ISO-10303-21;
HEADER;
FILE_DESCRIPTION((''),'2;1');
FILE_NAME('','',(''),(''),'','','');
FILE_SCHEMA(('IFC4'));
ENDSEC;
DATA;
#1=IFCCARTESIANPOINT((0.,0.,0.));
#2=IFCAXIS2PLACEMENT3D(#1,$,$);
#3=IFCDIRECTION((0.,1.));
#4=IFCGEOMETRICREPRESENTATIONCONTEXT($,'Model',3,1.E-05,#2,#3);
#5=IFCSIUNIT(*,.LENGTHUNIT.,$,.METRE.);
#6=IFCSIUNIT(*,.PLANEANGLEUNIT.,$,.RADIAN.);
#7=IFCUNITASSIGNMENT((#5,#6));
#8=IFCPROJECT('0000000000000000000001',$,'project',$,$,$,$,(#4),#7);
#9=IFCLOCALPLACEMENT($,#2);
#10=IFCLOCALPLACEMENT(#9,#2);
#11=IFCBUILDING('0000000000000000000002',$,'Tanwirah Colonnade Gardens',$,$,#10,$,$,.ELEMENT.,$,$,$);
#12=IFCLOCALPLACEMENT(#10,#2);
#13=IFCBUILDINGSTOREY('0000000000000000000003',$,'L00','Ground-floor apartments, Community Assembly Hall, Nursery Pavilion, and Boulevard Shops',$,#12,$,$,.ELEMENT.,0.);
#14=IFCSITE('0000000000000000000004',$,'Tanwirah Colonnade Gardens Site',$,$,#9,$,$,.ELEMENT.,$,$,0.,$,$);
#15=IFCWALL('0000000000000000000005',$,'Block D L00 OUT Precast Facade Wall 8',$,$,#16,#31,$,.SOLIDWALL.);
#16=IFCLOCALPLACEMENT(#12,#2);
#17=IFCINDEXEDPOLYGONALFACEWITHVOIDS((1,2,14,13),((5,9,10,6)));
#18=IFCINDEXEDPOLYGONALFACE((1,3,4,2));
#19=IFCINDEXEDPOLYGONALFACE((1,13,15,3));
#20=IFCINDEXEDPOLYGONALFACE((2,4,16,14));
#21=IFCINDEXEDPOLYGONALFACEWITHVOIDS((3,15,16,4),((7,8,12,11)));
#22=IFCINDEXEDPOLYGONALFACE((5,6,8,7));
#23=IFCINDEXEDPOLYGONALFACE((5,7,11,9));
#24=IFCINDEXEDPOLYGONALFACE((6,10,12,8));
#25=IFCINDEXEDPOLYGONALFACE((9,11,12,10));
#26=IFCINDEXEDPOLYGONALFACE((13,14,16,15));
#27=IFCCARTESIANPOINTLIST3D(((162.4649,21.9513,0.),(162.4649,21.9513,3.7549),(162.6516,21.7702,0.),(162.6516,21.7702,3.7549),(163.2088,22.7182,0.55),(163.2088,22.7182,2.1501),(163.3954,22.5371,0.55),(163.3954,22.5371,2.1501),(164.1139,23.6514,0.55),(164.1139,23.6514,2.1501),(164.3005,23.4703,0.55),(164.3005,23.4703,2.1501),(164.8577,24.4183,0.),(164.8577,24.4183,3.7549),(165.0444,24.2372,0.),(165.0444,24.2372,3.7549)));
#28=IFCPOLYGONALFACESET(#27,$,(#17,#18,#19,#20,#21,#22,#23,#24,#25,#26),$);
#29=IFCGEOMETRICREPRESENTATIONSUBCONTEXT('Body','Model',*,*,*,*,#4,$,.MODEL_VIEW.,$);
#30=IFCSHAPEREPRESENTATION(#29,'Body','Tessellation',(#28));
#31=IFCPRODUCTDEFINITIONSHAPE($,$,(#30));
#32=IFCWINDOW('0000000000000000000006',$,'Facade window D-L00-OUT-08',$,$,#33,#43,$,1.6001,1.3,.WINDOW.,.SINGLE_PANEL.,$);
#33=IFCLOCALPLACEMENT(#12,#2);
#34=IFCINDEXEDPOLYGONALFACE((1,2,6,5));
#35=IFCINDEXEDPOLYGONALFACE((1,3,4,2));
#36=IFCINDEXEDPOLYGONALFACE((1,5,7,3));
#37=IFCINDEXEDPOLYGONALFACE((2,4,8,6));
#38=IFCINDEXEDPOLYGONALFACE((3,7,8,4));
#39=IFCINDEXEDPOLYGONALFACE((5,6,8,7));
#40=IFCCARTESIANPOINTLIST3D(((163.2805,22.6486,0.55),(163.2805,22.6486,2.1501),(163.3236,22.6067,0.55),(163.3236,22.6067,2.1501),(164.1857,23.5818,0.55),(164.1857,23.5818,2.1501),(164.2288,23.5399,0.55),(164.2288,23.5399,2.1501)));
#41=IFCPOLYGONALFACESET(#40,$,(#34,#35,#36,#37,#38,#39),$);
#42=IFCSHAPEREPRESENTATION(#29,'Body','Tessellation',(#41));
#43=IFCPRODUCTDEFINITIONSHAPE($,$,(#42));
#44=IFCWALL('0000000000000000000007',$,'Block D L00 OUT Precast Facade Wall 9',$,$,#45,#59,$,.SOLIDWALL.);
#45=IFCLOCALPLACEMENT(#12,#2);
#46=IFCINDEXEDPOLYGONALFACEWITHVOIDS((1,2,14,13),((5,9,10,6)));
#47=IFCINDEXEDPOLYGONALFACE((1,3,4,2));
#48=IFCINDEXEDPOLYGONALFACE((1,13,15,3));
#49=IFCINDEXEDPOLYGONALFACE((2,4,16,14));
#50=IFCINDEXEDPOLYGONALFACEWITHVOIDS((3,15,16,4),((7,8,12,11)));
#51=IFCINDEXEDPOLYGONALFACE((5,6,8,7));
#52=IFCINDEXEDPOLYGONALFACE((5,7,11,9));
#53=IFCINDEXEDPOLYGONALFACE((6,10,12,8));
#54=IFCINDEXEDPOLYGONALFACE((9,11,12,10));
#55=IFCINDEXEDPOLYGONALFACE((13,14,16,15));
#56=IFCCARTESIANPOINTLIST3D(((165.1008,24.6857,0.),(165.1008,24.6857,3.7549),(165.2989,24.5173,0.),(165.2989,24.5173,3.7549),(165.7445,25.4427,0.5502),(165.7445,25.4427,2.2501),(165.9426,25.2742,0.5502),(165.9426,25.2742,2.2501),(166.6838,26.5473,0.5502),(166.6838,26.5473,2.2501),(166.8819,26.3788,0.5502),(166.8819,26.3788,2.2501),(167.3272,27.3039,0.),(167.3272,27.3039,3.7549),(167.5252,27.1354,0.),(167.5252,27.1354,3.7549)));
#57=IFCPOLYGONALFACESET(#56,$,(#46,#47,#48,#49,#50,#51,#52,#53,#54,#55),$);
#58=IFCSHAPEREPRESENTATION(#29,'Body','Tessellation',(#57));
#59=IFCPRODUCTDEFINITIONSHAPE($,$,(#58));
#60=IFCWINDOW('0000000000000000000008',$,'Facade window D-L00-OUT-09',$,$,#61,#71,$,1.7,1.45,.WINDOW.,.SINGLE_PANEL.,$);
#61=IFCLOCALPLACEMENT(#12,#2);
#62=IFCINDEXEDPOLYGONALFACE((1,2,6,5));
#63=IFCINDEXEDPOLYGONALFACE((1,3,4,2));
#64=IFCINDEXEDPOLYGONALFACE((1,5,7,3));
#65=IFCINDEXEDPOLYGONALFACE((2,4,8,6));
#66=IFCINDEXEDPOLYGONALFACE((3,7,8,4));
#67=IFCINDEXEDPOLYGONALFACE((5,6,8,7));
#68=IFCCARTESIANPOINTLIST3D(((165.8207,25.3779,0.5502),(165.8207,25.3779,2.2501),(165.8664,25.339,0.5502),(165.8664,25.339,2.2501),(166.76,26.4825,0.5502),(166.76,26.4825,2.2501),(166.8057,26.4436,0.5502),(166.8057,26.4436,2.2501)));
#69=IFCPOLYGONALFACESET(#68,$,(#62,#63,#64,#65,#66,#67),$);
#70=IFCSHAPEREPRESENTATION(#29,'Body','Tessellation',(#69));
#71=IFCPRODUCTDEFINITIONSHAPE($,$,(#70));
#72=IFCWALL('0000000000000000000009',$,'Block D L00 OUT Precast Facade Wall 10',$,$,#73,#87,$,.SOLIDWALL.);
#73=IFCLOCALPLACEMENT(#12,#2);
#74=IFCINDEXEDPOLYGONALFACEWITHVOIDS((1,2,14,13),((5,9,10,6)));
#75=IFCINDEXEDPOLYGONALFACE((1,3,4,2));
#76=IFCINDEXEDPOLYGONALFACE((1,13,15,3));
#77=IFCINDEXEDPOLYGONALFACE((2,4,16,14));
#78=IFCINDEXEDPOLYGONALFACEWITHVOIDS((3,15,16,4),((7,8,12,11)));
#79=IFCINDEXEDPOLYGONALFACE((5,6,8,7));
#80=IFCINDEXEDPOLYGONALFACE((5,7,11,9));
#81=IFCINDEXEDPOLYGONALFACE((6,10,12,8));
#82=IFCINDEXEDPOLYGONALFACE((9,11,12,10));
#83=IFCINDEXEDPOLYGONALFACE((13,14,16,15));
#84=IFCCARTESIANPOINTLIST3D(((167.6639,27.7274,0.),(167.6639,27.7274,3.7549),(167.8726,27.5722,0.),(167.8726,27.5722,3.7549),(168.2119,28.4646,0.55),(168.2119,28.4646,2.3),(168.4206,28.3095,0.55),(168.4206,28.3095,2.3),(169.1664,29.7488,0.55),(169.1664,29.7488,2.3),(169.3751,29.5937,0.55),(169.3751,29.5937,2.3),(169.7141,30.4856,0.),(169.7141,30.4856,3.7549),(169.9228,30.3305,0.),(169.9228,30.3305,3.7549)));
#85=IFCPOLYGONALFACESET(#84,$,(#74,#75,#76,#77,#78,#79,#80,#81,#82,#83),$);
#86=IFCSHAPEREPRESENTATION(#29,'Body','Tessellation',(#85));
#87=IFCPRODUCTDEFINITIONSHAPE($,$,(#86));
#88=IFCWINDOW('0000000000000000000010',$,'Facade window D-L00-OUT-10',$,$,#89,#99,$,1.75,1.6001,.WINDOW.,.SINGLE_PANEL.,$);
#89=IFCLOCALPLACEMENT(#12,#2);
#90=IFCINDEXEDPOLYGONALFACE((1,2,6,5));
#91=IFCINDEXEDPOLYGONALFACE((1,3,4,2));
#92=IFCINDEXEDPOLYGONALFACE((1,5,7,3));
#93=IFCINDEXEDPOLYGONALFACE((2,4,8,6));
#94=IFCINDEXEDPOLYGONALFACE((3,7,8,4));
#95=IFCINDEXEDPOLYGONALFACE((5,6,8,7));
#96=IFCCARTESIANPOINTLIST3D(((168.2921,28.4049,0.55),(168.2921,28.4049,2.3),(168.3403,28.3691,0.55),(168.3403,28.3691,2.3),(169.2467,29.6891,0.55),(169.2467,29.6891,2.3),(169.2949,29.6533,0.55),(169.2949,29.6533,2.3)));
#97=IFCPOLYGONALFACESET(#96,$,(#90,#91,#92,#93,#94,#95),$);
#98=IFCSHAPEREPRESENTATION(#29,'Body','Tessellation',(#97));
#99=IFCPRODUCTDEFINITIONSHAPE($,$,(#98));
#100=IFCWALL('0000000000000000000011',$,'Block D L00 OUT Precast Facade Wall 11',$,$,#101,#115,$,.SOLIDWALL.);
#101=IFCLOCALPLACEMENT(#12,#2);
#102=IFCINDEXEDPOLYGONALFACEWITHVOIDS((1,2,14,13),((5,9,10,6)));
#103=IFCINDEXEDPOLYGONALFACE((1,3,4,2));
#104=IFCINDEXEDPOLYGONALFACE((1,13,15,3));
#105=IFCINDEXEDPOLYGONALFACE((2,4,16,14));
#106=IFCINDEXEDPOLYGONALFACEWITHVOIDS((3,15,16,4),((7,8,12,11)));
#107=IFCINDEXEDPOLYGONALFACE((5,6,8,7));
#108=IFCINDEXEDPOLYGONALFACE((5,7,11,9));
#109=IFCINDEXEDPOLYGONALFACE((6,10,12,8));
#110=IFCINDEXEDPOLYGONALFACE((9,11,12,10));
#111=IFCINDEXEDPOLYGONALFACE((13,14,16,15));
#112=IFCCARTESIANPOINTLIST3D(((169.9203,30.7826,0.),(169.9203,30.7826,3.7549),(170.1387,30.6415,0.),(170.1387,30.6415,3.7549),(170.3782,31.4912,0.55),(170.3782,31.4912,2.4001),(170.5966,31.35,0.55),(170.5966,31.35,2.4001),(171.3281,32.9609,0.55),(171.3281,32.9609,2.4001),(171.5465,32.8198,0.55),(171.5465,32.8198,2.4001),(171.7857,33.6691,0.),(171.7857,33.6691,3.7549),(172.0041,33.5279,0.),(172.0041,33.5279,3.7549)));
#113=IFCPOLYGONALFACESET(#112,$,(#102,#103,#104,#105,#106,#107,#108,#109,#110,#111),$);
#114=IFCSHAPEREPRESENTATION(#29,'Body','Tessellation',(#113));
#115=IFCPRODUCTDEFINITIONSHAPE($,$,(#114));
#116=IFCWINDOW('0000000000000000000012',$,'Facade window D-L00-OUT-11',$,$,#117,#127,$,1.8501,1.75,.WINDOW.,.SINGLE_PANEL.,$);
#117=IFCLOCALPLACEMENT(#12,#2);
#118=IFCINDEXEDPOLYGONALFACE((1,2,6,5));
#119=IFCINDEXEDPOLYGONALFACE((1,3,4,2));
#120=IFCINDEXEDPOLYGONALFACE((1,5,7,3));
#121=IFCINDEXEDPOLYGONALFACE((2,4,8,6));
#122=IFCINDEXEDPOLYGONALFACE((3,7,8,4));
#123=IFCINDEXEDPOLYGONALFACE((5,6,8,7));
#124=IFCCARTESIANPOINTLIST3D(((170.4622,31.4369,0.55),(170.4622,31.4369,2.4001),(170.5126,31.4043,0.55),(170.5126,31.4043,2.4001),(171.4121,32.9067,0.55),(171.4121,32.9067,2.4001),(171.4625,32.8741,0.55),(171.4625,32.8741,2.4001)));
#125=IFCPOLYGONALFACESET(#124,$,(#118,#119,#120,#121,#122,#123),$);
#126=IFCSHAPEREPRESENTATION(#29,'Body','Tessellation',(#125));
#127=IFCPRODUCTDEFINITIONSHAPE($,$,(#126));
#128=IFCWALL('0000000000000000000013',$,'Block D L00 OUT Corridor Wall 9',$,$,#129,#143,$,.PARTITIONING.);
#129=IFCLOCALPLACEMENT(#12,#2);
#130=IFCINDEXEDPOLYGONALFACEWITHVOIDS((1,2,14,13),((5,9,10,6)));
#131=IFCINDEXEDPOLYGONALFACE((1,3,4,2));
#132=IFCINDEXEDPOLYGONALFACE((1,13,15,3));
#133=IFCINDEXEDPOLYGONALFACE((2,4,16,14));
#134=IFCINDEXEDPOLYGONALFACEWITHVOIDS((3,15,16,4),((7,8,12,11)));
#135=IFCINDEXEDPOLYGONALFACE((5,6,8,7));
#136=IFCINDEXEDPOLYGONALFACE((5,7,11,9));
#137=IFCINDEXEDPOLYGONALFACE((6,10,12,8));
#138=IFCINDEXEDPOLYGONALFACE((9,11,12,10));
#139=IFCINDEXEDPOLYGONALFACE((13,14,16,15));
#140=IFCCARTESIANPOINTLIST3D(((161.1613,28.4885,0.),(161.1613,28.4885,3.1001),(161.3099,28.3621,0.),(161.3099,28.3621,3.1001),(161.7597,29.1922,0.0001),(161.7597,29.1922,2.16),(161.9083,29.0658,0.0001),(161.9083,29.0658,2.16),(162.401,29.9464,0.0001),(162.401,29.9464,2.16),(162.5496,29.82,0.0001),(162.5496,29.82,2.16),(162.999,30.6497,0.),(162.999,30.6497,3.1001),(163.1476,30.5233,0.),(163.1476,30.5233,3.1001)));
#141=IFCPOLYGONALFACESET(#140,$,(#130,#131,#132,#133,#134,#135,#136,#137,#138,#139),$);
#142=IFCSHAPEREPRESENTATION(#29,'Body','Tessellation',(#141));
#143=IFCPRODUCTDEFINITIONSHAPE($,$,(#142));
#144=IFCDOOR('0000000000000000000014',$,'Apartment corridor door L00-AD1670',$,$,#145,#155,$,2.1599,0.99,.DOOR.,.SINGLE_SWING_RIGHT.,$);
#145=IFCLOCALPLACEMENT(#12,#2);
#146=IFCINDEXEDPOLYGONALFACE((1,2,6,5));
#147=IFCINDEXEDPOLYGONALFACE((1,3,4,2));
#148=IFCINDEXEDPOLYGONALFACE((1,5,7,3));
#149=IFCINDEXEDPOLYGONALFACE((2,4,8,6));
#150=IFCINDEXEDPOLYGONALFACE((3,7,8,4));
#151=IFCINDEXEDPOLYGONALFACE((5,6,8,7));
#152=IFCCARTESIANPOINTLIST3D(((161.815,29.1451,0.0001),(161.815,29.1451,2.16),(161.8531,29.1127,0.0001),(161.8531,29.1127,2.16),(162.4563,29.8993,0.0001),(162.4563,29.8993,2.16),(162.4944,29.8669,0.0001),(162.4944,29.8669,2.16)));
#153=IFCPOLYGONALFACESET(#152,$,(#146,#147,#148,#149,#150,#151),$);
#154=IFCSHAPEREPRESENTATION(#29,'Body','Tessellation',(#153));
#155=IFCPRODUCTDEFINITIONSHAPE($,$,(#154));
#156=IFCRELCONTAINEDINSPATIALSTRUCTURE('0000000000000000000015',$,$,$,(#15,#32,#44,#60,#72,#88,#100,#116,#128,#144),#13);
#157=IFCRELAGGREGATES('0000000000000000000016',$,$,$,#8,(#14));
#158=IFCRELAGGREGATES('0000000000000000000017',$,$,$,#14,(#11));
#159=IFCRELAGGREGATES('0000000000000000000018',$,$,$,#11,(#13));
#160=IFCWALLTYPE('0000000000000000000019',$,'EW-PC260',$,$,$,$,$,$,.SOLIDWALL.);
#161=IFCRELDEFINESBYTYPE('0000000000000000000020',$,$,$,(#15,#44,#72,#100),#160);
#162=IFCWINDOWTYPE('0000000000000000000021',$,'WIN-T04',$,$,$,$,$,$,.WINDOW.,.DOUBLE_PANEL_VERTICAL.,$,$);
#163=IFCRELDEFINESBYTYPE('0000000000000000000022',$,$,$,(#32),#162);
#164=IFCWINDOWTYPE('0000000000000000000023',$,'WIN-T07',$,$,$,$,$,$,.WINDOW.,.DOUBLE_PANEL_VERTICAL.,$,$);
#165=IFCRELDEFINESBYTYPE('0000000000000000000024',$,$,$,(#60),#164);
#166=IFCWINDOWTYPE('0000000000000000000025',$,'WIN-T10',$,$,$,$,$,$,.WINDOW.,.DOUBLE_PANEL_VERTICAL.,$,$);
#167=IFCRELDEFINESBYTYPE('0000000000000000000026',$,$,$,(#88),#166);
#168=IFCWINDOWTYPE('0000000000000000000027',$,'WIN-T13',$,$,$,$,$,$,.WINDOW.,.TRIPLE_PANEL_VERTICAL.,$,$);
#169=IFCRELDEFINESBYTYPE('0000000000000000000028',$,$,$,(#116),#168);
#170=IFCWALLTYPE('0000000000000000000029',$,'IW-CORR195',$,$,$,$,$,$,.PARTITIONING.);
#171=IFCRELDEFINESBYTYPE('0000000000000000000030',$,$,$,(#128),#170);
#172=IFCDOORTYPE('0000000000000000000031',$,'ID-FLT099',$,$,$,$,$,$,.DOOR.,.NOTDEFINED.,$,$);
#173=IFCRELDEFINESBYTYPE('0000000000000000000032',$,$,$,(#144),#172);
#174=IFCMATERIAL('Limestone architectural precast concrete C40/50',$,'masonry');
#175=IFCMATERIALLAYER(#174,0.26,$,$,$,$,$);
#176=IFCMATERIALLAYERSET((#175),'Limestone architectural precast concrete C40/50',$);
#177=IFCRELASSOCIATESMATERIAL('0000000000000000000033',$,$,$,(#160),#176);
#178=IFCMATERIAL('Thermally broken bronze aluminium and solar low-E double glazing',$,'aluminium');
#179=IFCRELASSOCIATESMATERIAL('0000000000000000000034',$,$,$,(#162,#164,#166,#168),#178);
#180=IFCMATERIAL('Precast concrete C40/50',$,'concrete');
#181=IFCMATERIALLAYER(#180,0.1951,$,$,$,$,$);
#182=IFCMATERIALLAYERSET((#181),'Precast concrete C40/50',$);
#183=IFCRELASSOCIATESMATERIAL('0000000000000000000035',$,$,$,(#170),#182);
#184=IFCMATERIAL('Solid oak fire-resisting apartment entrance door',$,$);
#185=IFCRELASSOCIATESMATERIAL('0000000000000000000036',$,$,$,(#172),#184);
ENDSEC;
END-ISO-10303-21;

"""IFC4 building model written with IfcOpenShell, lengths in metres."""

from ifc_helpers import new_model, si_unit, direction, frame, frame_2d, origin, place, context, subcontext, project, spatial, rectangle, extrude, material, layer, layer_set, type_object, element, fill, save


model = new_model("IFC4")

# Units and contexts
model_context = context("Model", 3, precision=1e-05, world=origin(), true_north=direction((0.0, 1.0)))
body_context = subcontext(model_context, "Body", "Model", "MODEL_VIEW")
ifc_project = project(units=[si_unit("LENGTHUNIT", "METRE"), si_unit("PLANEANGLEUNIT", "RADIAN")], contexts=[model_context])

# Site, building, storey
site_placement = place(None, origin())
site = spatial("IfcSite", under=ifc_project, at=site_placement, Name="Tanwirah Colonnade Gardens Site", CompositionType="ELEMENT", RefElevation=0.0)
building_placement = place(site_placement, origin())
building = spatial("IfcBuilding", under=site, at=building_placement, Name="Tanwirah Colonnade Gardens", CompositionType="ELEMENT")
storey_placement = place(building_placement, origin())
storey = spatial("IfcBuildingStorey", under=building, at=storey_placement, Name="L00", Description="Ground-floor apartments, Community Assembly Hall, Nursery Pavilion, and Boulevard Shops", CompositionType="ELEMENT", Elevation=0.0)

# Shared definitions
ifc_material_1 = material(Name="Precast concrete C40/50", Category="concrete")

# Walls, openings, windows
ifc_material_2 = material(Name="Limestone architectural precast concrete C40/50", Category="masonry")
ifc_layer_1 = layer(ifc_material_2, 0.26)
ifc_layer_set_1 = layer_set([ifc_layer_1], Name="Limestone architectural precast concrete C40/50")
wall_type_1 = type_object("IfcWallType", Name="EW-PC260", PredefinedType="SOLIDWALL", material=ifc_layer_set_1)
wall_1_placement = place(storey_placement, frame((162.5583, 21.8608, 0.0), z_axis=(0.0, 0.0, 1.0), x_axis=(0.696227, 0.717822, 0.0)))
wall_1 = element("IfcWall", 1, at=wall_1_placement, inside=storey, type_object=wall_type_1, Name="Block D L00 OUT Precast Facade Wall 8", PredefinedType="SOLIDWALL", context=body_context, shape_type="SweptSolid", body=[
    extrude(rectangle(XDim=3.4368, YDim=0.26, at=frame_2d((1.7183, 0.0))), origin(), (0.0, 0.0, 1.0), 3.7549),
])
opening_1_placement = place(wall_1_placement, frame((1.0684, 0.0, 0.55)))
opening_1 = element("IfcOpeningElement", 2, at=opening_1_placement, cuts=wall_1, PredefinedType="OPENING", context=body_context, shape_type="SweptSolid", body=[
    extrude(rectangle(XDim=1.3, YDim=1.6001, at=frame_2d((0.6499, 0.8))), frame((0.0, 0.1399, 0.0), z_axis=(0.0, -1.0, 0.0), x_axis=(1.0, 0.0, 0.0)), (0.0, 0.0, 1.0), 0.28),
])
ifc_material_3 = material(Name="Thermally broken bronze aluminium and solar low-E double glazing", Category="aluminium")
window_type_1 = type_object("IfcWindowType", Name="WIN-T04", PartitioningType="DOUBLE_PANEL_VERTICAL", PredefinedType="WINDOW", material=ifc_material_3)
window_1_placement = place(opening_1_placement, origin())
window_1 = element("IfcWindow", 3, at=window_1_placement, inside=storey, type_object=window_type_1, Name="Facade window D-L00-OUT-08", OverallHeight=1.6001, OverallWidth=1.3, PartitioningType="SINGLE_PANEL", PredefinedType="WINDOW", context=body_context, shape_type="SweptSolid", body=[
    extrude(rectangle(XDim=1.3, YDim=1.6001, at=frame_2d((0.6499, 0.8))), frame((0.0, 0.03, 0.0), z_axis=(0.0, -1.0, 0.0), x_axis=(1.0, 0.0, 0.0)), (0.0, 0.0, 1.0), 0.0601),
])
fill(opening_1, window_1)
wall_2_placement = place(storey_placement, frame((165.2, 24.6016, 0.0), z_axis=(0.0, 0.0, 1.0), x_axis=(0.647797, 0.761813, 0.0)))
wall_2 = element("IfcWall", 4, at=wall_2_placement, inside=storey, type_object=wall_type_1, Name="Block D L00 OUT Precast Facade Wall 9", PredefinedType="SOLIDWALL", context=body_context, shape_type="SweptSolid", body=[
    extrude(rectangle(XDim=3.4368, YDim=0.26, at=frame_2d((1.7183, 0.0))), origin(), (0.0, 0.0, 1.0), 3.7549),
])
opening_2_placement = place(wall_2_placement, frame((0.9934, 0.0, 0.55)))
opening_2 = element("IfcOpeningElement", 5, at=opening_2_placement, cuts=wall_2, PredefinedType="OPENING", context=body_context, shape_type="SweptSolid", body=[
    extrude(rectangle(XDim=1.45, YDim=1.7, at=frame_2d((0.7251, 0.8501))), frame((0.0, 0.1399, 0.0), z_axis=(0.0, -1.0, 0.0), x_axis=(1.0, 0.0, 0.0)), (0.0, 0.0, 1.0), 0.28),
])
window_type_2 = type_object("IfcWindowType", Name="WIN-T07", PartitioningType="DOUBLE_PANEL_VERTICAL", PredefinedType="WINDOW", material=ifc_material_3)
window_2_placement = place(opening_2_placement, origin())
window_2 = element("IfcWindow", 6, at=window_2_placement, inside=storey, type_object=window_type_2, Name="Facade window D-L00-OUT-09", OverallHeight=1.7, OverallWidth=1.45, PartitioningType="SINGLE_PANEL", PredefinedType="WINDOW", context=body_context, shape_type="SweptSolid", body=[
    extrude(rectangle(XDim=1.45, YDim=1.7, at=frame_2d((0.7251, 0.8501))), frame((0.0, 0.03, 0.0), z_axis=(0.0, -1.0, 0.0), x_axis=(1.0, 0.0, 0.0)), (0.0, 0.0, 1.0), 0.0601),
])
fill(opening_2, window_2)
wall_3_placement = place(storey_placement, frame((167.7683, 27.6499, 0.0), z_axis=(0.0, 0.0, 1.0), x_axis=(0.596562, 0.802567, 0.0)))
wall_3 = element("IfcWall", 7, at=wall_3_placement, inside=storey, type_object=wall_type_1, Name="Block D L00 OUT Precast Facade Wall 10", PredefinedType="SOLIDWALL", context=body_context, shape_type="SweptSolid", body=[
    extrude(rectangle(XDim=3.4368, YDim=0.26, at=frame_2d((1.7183, 0.0))), origin(), (0.0, 0.0, 1.0), 3.7549),
])
opening_3_placement = place(wall_3_placement, frame((0.9185, 0.0, 0.55)))
opening_3 = element("IfcOpeningElement", 8, at=opening_3_placement, cuts=wall_3, PredefinedType="OPENING", context=body_context, shape_type="SweptSolid", body=[
    extrude(rectangle(XDim=1.6001, YDim=1.75, at=frame_2d((0.8, 0.875))), frame((0.0, 0.1399, 0.0), z_axis=(0.0, -1.0, 0.0), x_axis=(1.0, 0.0, 0.0)), (0.0, 0.0, 1.0), 0.28),
])
window_type_3 = type_object("IfcWindowType", Name="WIN-T10", PartitioningType="DOUBLE_PANEL_VERTICAL", PredefinedType="WINDOW", material=ifc_material_3)
window_3_placement = place(opening_3_placement, origin())
window_3 = element("IfcWindow", 9, at=window_3_placement, inside=storey, type_object=window_type_3, Name="Facade window D-L00-OUT-10", OverallHeight=1.75, OverallWidth=1.6001, PartitioningType="SINGLE_PANEL", PredefinedType="WINDOW", context=body_context, shape_type="SweptSolid", body=[
    extrude(rectangle(XDim=1.6001, YDim=1.75, at=frame_2d((0.8, 0.875))), frame((0.0, 0.03, 0.0), z_axis=(0.0, -1.0, 0.0), x_axis=(1.0, 0.0, 0.0)), (0.0, 0.0, 1.0), 0.0601),
])
fill(opening_3, window_3)
wall_4_placement = place(storey_placement, frame((170.0295, 30.7122, 0.0), z_axis=(0.0, 0.0, 1.0), x_axis=(0.542792, 0.839867, 0.0)))
wall_4 = element("IfcWall", 10, at=wall_4_placement, inside=storey, type_object=wall_type_1, Name="Block D L00 OUT Precast Facade Wall 11", PredefinedType="SOLIDWALL", context=body_context, shape_type="SweptSolid", body=[
    extrude(rectangle(XDim=3.4368, YDim=0.26, at=frame_2d((1.7183, 0.0))), origin(), (0.0, 0.0, 1.0), 3.7549),
])
opening_4_placement = place(wall_4_placement, frame((0.8435, 0.0, 0.55)))
opening_4 = element("IfcOpeningElement", 11, at=opening_4_placement, cuts=wall_4, PredefinedType="OPENING", context=body_context, shape_type="SweptSolid", body=[
    extrude(rectangle(XDim=1.75, YDim=1.8501, at=frame_2d((0.875, 0.925))), frame((0.0, 0.1399, 0.0), z_axis=(0.0, -1.0, 0.0), x_axis=(1.0, 0.0, 0.0)), (0.0, 0.0, 1.0), 0.28),
])
window_type_4 = type_object("IfcWindowType", Name="WIN-T13", PartitioningType="TRIPLE_PANEL_VERTICAL", PredefinedType="WINDOW", material=ifc_material_3)
window_4_placement = place(opening_4_placement, origin())
window_4 = element("IfcWindow", 12, at=window_4_placement, inside=storey, type_object=window_type_4, Name="Facade window D-L00-OUT-11", OverallHeight=1.8501, OverallWidth=1.75, PartitioningType="SINGLE_PANEL", PredefinedType="WINDOW", context=body_context, shape_type="SweptSolid", body=[
    extrude(rectangle(XDim=1.75, YDim=1.8501, at=frame_2d((0.875, 0.925))), frame((0.0, 0.03, 0.0), z_axis=(0.0, -1.0, 0.0), x_axis=(1.0, 0.0, 0.0)), (0.0, 0.0, 1.0), 0.0601),
])
fill(opening_4, window_4)

# Wall, opening, door
ifc_layer_2 = layer(ifc_material_1, 0.1951)
ifc_layer_set_2 = layer_set([ifc_layer_2], Name="Precast concrete C40/50")
wall_type_2 = type_object("IfcWallType", Name="IW-CORR195", PredefinedType="PARTITIONING", material=ifc_layer_set_2)
wall_5_placement = place(storey_placement, frame((161.2356, 28.4253, 0.0), z_axis=(0.0, 0.0, 1.0), x_axis=(0.647788, 0.76182, 0.0)))
wall_5 = element("IfcWall", 13, at=wall_5_placement, inside=storey, type_object=wall_type_2, Name="Block D L00 OUT Corridor Wall 9", PredefinedType="PARTITIONING", context=body_context, shape_type="SweptSolid", body=[
    extrude(rectangle(XDim=2.8369, YDim=0.1951, at=frame_2d((1.4185, 0.0))), origin(), (0.0, 0.0, 1.0), 3.1001),
])
opening_5_placement = place(wall_5_placement, frame((0.9236, 0.0, 0.0)))
opening_5 = element("IfcOpeningElement", 14, at=opening_5_placement, cuts=wall_5, PredefinedType="OPENING", context=body_context, shape_type="SweptSolid", body=[
    extrude(rectangle(XDim=0.99, YDim=2.1599, at=frame_2d((0.4951, 1.0801))), frame((0.0, 0.1074, 0.0), z_axis=(0.0, -1.0, 0.0), x_axis=(1.0, 0.0, 0.0)), (0.0, 0.0, 1.0), 0.2151),
])
ifc_material_4 = material(Name="Solid oak fire-resisting apartment entrance door")
door_type = type_object("IfcDoorType", Name="ID-FLT099", OperationType="NOTDEFINED", PredefinedType="DOOR", material=ifc_material_4)
door_placement = place(opening_5_placement, origin())
door = element("IfcDoor", 15, at=door_placement, inside=storey, type_object=door_type, Name="Apartment corridor door L00-AD1670", OperationType="SINGLE_SWING_RIGHT", OverallHeight=2.1599, OverallWidth=0.99, PredefinedType="DOOR", context=body_context, shape_type="SweptSolid", body=[
    extrude(rectangle(XDim=0.99, YDim=2.1599, at=frame_2d((0.4951, 1.0801))), frame((0.0, 0.0249, 0.0), z_axis=(0.0, -1.0, 0.0), x_axis=(1.0, 0.0, 0.0)), (0.0, 0.0, 1.0), 0.05),
])
fill(opening_5, door)

save(model, "model.ifc")
